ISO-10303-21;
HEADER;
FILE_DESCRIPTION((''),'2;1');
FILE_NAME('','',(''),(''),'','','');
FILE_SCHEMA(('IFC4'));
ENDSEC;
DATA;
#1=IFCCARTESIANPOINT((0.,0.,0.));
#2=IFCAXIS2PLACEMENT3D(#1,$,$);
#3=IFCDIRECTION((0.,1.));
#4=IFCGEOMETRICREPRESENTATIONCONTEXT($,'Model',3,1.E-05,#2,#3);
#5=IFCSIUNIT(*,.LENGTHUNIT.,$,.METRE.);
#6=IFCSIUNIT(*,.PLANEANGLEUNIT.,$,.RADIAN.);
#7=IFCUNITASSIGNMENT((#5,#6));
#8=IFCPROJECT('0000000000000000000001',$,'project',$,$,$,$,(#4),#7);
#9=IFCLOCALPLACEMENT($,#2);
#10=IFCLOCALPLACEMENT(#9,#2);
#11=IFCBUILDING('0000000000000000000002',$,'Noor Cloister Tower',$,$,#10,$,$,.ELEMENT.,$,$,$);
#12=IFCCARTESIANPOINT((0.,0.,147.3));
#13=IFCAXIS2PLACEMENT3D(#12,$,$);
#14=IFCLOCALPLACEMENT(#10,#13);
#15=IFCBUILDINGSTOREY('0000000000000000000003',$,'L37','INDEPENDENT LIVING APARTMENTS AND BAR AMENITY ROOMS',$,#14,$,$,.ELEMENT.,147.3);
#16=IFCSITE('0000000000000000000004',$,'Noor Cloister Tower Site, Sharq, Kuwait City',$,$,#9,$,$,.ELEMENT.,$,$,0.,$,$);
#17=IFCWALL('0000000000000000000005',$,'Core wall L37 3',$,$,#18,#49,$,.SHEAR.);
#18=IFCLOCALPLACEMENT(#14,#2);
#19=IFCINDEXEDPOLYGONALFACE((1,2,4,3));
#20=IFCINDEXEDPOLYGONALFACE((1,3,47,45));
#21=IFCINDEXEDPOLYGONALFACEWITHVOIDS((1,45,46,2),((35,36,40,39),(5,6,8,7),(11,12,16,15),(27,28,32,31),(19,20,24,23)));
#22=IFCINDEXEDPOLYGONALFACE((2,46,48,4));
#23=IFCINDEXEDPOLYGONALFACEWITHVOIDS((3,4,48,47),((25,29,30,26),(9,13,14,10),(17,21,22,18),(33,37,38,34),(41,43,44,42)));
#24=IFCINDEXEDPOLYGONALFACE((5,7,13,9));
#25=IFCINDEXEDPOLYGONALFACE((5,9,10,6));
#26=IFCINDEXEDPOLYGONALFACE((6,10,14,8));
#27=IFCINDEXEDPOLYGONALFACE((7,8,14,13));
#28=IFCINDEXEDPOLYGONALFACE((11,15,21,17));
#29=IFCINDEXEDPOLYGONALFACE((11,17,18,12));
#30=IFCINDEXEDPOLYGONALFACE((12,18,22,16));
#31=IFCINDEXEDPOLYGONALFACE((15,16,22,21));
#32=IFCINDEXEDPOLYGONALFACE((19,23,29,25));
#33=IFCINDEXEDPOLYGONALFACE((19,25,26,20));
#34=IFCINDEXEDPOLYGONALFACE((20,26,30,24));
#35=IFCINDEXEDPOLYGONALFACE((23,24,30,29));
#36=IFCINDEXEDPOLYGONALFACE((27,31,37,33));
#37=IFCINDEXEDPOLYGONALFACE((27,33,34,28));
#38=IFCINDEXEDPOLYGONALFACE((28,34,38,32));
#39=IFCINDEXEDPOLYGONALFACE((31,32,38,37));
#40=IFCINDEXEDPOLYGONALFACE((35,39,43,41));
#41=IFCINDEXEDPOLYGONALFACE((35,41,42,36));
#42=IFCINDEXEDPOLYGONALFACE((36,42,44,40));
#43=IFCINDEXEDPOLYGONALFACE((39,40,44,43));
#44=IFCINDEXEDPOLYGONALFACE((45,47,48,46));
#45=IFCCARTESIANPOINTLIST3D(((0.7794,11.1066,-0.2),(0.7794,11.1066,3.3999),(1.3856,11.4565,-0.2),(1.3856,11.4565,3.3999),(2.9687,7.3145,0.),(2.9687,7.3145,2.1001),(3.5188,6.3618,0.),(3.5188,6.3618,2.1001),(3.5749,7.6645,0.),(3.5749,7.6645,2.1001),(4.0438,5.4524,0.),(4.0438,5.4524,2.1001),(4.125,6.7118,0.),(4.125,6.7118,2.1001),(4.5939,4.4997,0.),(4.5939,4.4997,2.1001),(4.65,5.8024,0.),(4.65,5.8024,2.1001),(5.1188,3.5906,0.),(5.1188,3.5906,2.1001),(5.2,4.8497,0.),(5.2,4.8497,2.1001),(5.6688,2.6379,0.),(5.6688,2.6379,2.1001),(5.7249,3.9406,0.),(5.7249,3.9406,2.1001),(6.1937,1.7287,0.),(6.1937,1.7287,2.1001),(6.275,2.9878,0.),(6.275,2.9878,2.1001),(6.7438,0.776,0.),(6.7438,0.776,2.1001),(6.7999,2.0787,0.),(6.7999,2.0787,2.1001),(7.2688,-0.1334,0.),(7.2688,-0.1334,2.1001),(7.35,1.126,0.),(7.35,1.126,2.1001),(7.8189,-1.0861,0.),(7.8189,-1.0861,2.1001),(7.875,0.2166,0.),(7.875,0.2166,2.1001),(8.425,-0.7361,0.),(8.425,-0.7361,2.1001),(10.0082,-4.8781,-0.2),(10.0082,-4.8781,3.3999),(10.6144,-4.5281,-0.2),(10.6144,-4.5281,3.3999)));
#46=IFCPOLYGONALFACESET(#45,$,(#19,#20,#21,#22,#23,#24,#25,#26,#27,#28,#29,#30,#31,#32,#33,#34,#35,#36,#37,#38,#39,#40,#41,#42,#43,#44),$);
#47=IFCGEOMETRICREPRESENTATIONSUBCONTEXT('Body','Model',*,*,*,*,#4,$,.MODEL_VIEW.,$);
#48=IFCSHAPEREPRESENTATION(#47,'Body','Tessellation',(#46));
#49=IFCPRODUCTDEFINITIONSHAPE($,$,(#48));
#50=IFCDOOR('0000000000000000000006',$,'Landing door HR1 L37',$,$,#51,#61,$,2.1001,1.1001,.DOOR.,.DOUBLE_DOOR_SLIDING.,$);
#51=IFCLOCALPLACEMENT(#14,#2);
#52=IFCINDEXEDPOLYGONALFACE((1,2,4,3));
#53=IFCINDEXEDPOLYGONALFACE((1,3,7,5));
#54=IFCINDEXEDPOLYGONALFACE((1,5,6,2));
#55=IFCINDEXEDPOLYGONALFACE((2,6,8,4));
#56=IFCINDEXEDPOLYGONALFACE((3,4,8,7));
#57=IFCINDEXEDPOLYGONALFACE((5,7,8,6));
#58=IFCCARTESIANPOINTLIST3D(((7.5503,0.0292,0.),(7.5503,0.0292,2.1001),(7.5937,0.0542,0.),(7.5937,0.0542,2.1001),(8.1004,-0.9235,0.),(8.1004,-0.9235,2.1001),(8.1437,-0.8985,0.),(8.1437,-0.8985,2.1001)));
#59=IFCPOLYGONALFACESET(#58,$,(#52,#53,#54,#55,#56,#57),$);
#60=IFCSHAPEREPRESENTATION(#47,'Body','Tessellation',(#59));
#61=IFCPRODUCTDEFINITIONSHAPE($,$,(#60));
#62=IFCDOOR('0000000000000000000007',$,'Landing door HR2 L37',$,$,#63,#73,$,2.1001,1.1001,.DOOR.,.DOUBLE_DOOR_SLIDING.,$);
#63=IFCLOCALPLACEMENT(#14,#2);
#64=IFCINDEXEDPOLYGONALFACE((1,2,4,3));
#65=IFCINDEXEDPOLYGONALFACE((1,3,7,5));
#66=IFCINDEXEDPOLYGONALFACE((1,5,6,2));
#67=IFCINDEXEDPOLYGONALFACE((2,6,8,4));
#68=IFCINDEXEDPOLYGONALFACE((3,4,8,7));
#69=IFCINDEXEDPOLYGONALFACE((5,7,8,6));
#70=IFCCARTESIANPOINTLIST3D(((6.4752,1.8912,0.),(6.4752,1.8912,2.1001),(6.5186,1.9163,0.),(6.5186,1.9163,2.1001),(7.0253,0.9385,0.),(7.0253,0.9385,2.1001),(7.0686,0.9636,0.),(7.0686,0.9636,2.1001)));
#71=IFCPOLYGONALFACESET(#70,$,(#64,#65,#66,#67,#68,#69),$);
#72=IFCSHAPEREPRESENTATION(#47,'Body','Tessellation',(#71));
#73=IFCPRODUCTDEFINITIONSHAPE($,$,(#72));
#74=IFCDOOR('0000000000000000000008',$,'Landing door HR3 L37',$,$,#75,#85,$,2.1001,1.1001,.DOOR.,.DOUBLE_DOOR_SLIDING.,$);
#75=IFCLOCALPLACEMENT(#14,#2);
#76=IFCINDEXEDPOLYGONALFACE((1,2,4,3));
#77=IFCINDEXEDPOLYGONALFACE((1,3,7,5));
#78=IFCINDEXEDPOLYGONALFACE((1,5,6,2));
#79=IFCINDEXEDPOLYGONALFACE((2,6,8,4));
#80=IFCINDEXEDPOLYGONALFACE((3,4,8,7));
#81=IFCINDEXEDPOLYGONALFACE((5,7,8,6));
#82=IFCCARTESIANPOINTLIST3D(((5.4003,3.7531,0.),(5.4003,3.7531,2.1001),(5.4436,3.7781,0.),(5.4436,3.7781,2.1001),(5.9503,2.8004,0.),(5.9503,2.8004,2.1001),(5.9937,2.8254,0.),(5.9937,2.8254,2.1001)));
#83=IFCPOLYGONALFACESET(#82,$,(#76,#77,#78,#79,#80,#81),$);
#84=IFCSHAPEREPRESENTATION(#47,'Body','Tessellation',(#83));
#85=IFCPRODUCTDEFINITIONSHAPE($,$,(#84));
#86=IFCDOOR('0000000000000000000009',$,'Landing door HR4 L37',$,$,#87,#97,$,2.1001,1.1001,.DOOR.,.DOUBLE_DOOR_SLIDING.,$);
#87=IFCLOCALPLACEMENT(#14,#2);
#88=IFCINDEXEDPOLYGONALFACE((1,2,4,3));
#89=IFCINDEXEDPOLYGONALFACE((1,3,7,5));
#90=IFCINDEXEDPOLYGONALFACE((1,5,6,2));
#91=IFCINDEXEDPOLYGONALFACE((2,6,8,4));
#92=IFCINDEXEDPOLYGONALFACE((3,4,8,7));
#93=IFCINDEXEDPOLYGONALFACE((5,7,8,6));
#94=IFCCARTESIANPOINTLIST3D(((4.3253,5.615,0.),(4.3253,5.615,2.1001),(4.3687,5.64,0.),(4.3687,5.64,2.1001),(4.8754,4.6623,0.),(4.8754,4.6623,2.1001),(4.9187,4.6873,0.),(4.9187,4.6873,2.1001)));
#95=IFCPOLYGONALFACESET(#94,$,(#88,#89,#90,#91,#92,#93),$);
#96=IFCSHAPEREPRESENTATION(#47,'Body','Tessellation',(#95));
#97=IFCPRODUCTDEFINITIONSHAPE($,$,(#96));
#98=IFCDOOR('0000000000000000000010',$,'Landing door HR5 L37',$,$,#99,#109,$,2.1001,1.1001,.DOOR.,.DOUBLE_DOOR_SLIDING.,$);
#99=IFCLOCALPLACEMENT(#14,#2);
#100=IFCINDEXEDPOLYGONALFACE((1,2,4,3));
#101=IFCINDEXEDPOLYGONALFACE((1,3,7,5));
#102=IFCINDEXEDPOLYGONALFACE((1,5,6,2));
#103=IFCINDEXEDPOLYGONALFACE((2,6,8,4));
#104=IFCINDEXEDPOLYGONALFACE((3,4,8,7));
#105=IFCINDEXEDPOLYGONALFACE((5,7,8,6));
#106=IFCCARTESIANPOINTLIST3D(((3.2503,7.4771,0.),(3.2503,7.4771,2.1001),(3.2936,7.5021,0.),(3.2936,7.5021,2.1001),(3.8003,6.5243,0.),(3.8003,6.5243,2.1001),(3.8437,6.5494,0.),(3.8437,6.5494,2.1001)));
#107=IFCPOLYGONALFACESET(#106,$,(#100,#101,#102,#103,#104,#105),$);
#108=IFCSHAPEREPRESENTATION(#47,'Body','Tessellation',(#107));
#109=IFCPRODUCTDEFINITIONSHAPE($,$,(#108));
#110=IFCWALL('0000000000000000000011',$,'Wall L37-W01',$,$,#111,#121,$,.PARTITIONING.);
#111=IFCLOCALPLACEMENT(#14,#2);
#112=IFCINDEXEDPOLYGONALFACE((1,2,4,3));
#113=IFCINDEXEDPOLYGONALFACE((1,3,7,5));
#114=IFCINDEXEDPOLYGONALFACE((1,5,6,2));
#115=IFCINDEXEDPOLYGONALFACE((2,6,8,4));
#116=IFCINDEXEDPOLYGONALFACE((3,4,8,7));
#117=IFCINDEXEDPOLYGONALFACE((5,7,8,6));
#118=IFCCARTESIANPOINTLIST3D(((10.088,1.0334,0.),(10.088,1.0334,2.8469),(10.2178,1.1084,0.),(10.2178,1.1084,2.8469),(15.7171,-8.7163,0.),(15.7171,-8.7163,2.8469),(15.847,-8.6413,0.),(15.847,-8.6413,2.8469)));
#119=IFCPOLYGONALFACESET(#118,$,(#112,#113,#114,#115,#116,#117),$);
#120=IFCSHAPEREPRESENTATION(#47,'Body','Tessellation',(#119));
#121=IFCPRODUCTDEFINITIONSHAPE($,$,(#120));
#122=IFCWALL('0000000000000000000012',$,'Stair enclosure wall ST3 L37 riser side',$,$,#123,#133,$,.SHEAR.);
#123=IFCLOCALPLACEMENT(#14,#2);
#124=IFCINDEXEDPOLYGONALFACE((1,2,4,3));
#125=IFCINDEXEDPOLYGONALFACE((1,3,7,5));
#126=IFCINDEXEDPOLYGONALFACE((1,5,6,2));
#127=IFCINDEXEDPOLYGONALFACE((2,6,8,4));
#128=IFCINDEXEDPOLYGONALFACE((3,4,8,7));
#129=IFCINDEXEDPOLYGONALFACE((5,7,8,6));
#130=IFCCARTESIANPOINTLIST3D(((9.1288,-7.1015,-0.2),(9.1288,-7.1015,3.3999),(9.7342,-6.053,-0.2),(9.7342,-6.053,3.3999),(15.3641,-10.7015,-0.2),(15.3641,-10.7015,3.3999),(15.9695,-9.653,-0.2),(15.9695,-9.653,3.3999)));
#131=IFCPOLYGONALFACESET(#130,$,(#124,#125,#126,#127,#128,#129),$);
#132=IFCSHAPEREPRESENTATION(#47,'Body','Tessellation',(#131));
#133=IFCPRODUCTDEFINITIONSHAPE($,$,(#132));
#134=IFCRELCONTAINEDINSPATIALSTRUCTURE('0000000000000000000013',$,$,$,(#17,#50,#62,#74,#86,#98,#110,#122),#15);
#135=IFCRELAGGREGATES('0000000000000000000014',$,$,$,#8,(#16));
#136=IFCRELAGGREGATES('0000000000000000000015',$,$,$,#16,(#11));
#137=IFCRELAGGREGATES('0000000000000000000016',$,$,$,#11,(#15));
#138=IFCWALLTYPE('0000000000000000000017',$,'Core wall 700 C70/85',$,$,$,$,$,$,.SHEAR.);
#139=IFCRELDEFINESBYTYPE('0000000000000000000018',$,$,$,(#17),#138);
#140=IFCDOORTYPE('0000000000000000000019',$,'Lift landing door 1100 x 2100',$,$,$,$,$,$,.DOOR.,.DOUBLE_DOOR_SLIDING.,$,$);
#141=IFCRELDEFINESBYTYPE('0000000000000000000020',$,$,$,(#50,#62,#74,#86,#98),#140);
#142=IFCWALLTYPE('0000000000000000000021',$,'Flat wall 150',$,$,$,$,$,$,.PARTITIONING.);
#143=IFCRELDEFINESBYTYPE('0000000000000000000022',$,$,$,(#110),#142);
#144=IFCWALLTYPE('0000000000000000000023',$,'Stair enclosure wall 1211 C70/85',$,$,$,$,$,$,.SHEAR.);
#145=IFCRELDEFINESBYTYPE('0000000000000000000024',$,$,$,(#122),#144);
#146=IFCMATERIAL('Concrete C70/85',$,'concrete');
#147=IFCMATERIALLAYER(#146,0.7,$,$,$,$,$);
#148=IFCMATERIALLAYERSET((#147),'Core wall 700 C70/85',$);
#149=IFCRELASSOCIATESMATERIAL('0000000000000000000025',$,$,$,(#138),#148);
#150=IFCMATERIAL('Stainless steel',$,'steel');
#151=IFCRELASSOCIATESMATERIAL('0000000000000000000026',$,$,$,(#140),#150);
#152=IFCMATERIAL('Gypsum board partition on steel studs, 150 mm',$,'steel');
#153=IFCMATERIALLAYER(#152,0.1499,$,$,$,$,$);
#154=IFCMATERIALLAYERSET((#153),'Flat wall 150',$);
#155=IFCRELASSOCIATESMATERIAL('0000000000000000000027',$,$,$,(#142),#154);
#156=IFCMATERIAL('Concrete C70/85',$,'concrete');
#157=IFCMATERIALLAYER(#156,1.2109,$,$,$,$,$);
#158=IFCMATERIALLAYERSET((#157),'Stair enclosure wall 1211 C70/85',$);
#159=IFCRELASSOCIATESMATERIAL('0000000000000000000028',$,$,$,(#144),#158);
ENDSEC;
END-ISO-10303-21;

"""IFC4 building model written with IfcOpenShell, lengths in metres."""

from ifc_helpers import new_model, si_unit, direction, frame, frame_2d, origin, place, context, subcontext, project, spatial, rectangle, extrude, material, layer, layer_set, type_object, element, fill, save


model = new_model("IFC4")

# Units and contexts
model_context = context("Model", 3, precision=1e-05, world=origin(), true_north=direction((0.0, 1.0)))
body_context = subcontext(model_context, "Body", "Model", "MODEL_VIEW")
ifc_project = project(units=[si_unit("LENGTHUNIT", "METRE"), si_unit("PLANEANGLEUNIT", "RADIAN")], contexts=[model_context])

# Site, building, storey
site_placement = place(None, origin())
site = spatial("IfcSite", under=ifc_project, at=site_placement, Name="Noor Cloister Tower Site, Sharq, Kuwait City", CompositionType="ELEMENT", RefElevation=0.0)
building_placement = place(site_placement, origin())
building = spatial("IfcBuilding", under=site, at=building_placement, Name="Noor Cloister Tower", CompositionType="ELEMENT")
storey_placement = place(building_placement, frame((0.0, 0.0, 147.3)))
storey = spatial("IfcBuildingStorey", under=building, at=storey_placement, Name="L37", Description="INDEPENDENT LIVING APARTMENTS AND BAR AMENITY ROOMS", CompositionType="ELEMENT", Elevation=147.3)

# Wall, openings, doors
ifc_material_1 = material(Name="Concrete C70/85", Category="concrete")
ifc_layer_1 = layer(ifc_material_1, 0.7)
ifc_layer_set_1 = layer_set([ifc_layer_1], Name="Core wall 700 C70/85")
wall_type_1 = type_object("IfcWallType", Name="Core wall 700 C70/85", PredefinedType="SHEAR", material=ifc_layer_set_1)
wall_1_placement = place(storey_placement, frame((10.3113, -4.7031, -0.2), z_axis=(0.0, 0.0, 1.0), x_axis=(-0.500001, 0.866025, 0.0)))
wall_1 = element("IfcWall", 1, at=wall_1_placement, inside=storey, type_object=wall_type_1, Name="Core wall L37 3", PredefinedType="SHEAR", context=body_context, shape_type="SweptSolid", body=[
    extrude(rectangle(XDim=18.4575, YDim=0.7, at=frame_2d((9.2288, 0.0))), origin(), (0.0, 0.0, 1.0), 3.5999),
])
opening_1_placement = place(wall_1_placement, frame((4.3787, 0.0, 0.2)))
opening_1 = element("IfcOpeningElement", 2, at=opening_1_placement, cuts=wall_1, PredefinedType="OPENING", context=body_context, shape_type="SweptSolid", body=[
    extrude(rectangle(XDim=1.1001, YDim=2.1001, at=frame_2d((0.55, 1.05))), frame((0.0, 0.3599, 0.0), z_axis=(0.0, -1.0, 0.0), x_axis=(1.0, 0.0, 0.0)), (0.0, 0.0, 1.0), 0.72),
])
opening_2_placement = place(wall_1_placement, frame((6.5288, 0.0, 0.2)))
opening_2 = element("IfcOpeningElement", 3, at=opening_2_placement, cuts=wall_1, PredefinedType="OPENING", context=body_context, shape_type="SweptSolid", body=[
    extrude(rectangle(XDim=1.1001, YDim=2.1001, at=frame_2d((0.55, 1.05))), frame((0.0, 0.3599, 0.0), z_axis=(0.0, -1.0, 0.0), x_axis=(1.0, 0.0, 0.0)), (0.0, 0.0, 1.0), 0.72),
])
opening_3_placement = place(wall_1_placement, frame((8.6787, 0.0, 0.2)))
opening_3 = element("IfcOpeningElement", 4, at=opening_3_placement, cuts=wall_1, PredefinedType="OPENING", context=body_context, shape_type="SweptSolid", body=[
    extrude(rectangle(XDim=1.1001, YDim=2.1001, at=frame_2d((0.55, 1.05))), frame((0.0, 0.3599, 0.0), z_axis=(0.0, -1.0, 0.0), x_axis=(1.0, 0.0, 0.0)), (0.0, 0.0, 1.0), 0.72),
])
opening_4_placement = place(wall_1_placement, frame((10.8286, 0.0, 0.2)))
opening_4 = element("IfcOpeningElement", 5, at=opening_4_placement, cuts=wall_1, PredefinedType="OPENING", context=body_context, shape_type="SweptSolid", body=[
    extrude(rectangle(XDim=1.1001, YDim=2.1001, at=frame_2d((0.55, 1.05))), frame((0.0, 0.3599, 0.0), z_axis=(0.0, -1.0, 0.0), x_axis=(1.0, 0.0, 0.0)), (0.0, 0.0, 1.0), 0.72),
])
opening_5_placement = place(wall_1_placement, frame((12.9788, 0.0, 0.2)))
opening_5 = element("IfcOpeningElement", 6, at=opening_5_placement, cuts=wall_1, PredefinedType="OPENING", context=body_context, shape_type="SweptSolid", body=[
    extrude(rectangle(XDim=1.1001, YDim=2.1001, at=frame_2d((0.55, 1.05))), frame((0.0, 0.3599, 0.0), z_axis=(0.0, -1.0, 0.0), x_axis=(1.0, 0.0, 0.0)), (0.0, 0.0, 1.0), 0.72),
])
ifc_material_2 = material(Name="Stainless steel", Category="steel")
door_type = type_object("IfcDoorType", Name="Lift landing door 1100 x 2100", OperationType="DOUBLE_DOOR_SLIDING", PredefinedType="DOOR", material=ifc_material_2)
door_1_placement = place(opening_1_placement, origin())
door_1 = element("IfcDoor", 7, at=door_1_placement, inside=storey, type_object=door_type, Name="Landing door HR1 L37", OperationType="DOUBLE_DOOR_SLIDING", OverallHeight=2.1001, OverallWidth=1.1001, PredefinedType="DOOR", context=body_context, shape_type="SweptSolid", body=[
    extrude(rectangle(XDim=1.1001, YDim=2.1001, at=frame_2d((0.55, 1.05))), frame((0.0, 0.0249, 0.0), z_axis=(0.0, -1.0, 0.0), x_axis=(1.0, 0.0, 0.0)), (0.0, 0.0, 1.0), 0.05),
])
fill(opening_1, door_1)
door_2_placement = place(opening_2_placement, origin())
door_2 = element("IfcDoor", 8, at=door_2_placement, inside=storey, type_object=door_type, Name="Landing door HR2 L37", OperationType="DOUBLE_DOOR_SLIDING", OverallHeight=2.1001, OverallWidth=1.1001, PredefinedType="DOOR", context=body_context, shape_type="SweptSolid", body=[
    extrude(rectangle(XDim=1.1001, YDim=2.1001, at=frame_2d((0.55, 1.05))), frame((0.0, 0.0249, 0.0), z_axis=(0.0, -1.0, 0.0), x_axis=(1.0, 0.0, 0.0)), (0.0, 0.0, 1.0), 0.05),
])
fill(opening_2, door_2)
door_3_placement = place(opening_3_placement, origin())
door_3 = element("IfcDoor", 9, at=door_3_placement, inside=storey, type_object=door_type, Name="Landing door HR3 L37", OperationType="DOUBLE_DOOR_SLIDING", OverallHeight=2.1001, OverallWidth=1.1001, PredefinedType="DOOR", context=body_context, shape_type="SweptSolid", body=[
    extrude(rectangle(XDim=1.1001, YDim=2.1001, at=frame_2d((0.55, 1.05))), frame((0.0, 0.0249, 0.0), z_axis=(0.0, -1.0, 0.0), x_axis=(1.0, 0.0, 0.0)), (0.0, 0.0, 1.0), 0.05),
])
fill(opening_3, door_3)
door_4_placement = place(opening_4_placement, origin())
door_4 = element("IfcDoor", 10, at=door_4_placement, inside=storey, type_object=door_type, Name="Landing door HR4 L37", OperationType="DOUBLE_DOOR_SLIDING", OverallHeight=2.1001, OverallWidth=1.1001, PredefinedType="DOOR", context=body_context, shape_type="SweptSolid", body=[
    extrude(rectangle(XDim=1.1001, YDim=2.1001, at=frame_2d((0.55, 1.05))), frame((0.0, 0.0249, 0.0), z_axis=(0.0, -1.0, 0.0), x_axis=(1.0, 0.0, 0.0)), (0.0, 0.0, 1.0), 0.05),
])
fill(opening_4, door_4)
door_5_placement = place(opening_5_placement, origin())
door_5 = element("IfcDoor", 11, at=door_5_placement, inside=storey, type_object=door_type, Name="Landing door HR5 L37", OperationType="DOUBLE_DOOR_SLIDING", OverallHeight=2.1001, OverallWidth=1.1001, PredefinedType="DOOR", context=body_context, shape_type="SweptSolid", body=[
    extrude(rectangle(XDim=1.1001, YDim=2.1001, at=frame_2d((0.55, 1.05))), frame((0.0, 0.0249, 0.0), z_axis=(0.0, -1.0, 0.0), x_axis=(1.0, 0.0, 0.0)), (0.0, 0.0, 1.0), 0.05),
])
fill(opening_5, door_5)

# Walls
ifc_material_3 = material(Name="Gypsum board partition on steel studs, 150 mm", Category="steel")
ifc_layer_2 = layer(ifc_material_3, 0.1499)
ifc_layer_set_2 = layer_set([ifc_layer_2], Name="Flat wall 150")
wall_type_2 = type_object("IfcWallType", Name="Flat wall 150", PredefinedType="PARTITIONING", material=ifc_layer_set_2)
wall_2_placement = place(storey_placement, frame((15.782, -8.6787, 0.0), z_axis=(0.0, 0.0, 1.0), x_axis=(-0.500008, 0.866021, 0.0)))
element("IfcWall", 12, at=wall_2_placement, inside=storey, type_object=wall_type_2, Name="Wall L37-W01", PredefinedType="PARTITIONING", context=body_context, shape_type="SweptSolid", body=[
    extrude(rectangle(XDim=11.2581, YDim=0.1499, at=frame_2d((5.6289, 0.0))), origin(), (0.0, 0.0, 1.0), 2.8469),
])
ifc_material_4 = material(Name="Concrete C70/85", Category="concrete")
ifc_layer_3 = layer(ifc_material_4, 1.2109)
ifc_layer_set_3 = layer_set([ifc_layer_3], Name="Stair enclosure wall 1211 C70/85")
wall_type_3 = type_object("IfcWallType", Name="Stair enclosure wall 1211 C70/85", PredefinedType="SHEAR", material=ifc_layer_set_3)
wall_3_placement = place(storey_placement, frame((9.4314, -6.5771, -0.2), z_axis=(0.0, 0.0, 1.0), x_axis=(0.866018, -0.500012, 0.0)))
element("IfcWall", 13, at=wall_3_placement, inside=storey, type_object=wall_type_3, Name="Stair enclosure wall ST3 L37 riser side", PredefinedType="SHEAR", context=body_context, shape_type="SweptSolid", body=[
    extrude(rectangle(XDim=7.2, YDim=1.2107, at=frame_2d((3.6001, 0.0))), origin(), (0.0, 0.0, 1.0), 3.5999),
])

save(model, "model.ifc")
